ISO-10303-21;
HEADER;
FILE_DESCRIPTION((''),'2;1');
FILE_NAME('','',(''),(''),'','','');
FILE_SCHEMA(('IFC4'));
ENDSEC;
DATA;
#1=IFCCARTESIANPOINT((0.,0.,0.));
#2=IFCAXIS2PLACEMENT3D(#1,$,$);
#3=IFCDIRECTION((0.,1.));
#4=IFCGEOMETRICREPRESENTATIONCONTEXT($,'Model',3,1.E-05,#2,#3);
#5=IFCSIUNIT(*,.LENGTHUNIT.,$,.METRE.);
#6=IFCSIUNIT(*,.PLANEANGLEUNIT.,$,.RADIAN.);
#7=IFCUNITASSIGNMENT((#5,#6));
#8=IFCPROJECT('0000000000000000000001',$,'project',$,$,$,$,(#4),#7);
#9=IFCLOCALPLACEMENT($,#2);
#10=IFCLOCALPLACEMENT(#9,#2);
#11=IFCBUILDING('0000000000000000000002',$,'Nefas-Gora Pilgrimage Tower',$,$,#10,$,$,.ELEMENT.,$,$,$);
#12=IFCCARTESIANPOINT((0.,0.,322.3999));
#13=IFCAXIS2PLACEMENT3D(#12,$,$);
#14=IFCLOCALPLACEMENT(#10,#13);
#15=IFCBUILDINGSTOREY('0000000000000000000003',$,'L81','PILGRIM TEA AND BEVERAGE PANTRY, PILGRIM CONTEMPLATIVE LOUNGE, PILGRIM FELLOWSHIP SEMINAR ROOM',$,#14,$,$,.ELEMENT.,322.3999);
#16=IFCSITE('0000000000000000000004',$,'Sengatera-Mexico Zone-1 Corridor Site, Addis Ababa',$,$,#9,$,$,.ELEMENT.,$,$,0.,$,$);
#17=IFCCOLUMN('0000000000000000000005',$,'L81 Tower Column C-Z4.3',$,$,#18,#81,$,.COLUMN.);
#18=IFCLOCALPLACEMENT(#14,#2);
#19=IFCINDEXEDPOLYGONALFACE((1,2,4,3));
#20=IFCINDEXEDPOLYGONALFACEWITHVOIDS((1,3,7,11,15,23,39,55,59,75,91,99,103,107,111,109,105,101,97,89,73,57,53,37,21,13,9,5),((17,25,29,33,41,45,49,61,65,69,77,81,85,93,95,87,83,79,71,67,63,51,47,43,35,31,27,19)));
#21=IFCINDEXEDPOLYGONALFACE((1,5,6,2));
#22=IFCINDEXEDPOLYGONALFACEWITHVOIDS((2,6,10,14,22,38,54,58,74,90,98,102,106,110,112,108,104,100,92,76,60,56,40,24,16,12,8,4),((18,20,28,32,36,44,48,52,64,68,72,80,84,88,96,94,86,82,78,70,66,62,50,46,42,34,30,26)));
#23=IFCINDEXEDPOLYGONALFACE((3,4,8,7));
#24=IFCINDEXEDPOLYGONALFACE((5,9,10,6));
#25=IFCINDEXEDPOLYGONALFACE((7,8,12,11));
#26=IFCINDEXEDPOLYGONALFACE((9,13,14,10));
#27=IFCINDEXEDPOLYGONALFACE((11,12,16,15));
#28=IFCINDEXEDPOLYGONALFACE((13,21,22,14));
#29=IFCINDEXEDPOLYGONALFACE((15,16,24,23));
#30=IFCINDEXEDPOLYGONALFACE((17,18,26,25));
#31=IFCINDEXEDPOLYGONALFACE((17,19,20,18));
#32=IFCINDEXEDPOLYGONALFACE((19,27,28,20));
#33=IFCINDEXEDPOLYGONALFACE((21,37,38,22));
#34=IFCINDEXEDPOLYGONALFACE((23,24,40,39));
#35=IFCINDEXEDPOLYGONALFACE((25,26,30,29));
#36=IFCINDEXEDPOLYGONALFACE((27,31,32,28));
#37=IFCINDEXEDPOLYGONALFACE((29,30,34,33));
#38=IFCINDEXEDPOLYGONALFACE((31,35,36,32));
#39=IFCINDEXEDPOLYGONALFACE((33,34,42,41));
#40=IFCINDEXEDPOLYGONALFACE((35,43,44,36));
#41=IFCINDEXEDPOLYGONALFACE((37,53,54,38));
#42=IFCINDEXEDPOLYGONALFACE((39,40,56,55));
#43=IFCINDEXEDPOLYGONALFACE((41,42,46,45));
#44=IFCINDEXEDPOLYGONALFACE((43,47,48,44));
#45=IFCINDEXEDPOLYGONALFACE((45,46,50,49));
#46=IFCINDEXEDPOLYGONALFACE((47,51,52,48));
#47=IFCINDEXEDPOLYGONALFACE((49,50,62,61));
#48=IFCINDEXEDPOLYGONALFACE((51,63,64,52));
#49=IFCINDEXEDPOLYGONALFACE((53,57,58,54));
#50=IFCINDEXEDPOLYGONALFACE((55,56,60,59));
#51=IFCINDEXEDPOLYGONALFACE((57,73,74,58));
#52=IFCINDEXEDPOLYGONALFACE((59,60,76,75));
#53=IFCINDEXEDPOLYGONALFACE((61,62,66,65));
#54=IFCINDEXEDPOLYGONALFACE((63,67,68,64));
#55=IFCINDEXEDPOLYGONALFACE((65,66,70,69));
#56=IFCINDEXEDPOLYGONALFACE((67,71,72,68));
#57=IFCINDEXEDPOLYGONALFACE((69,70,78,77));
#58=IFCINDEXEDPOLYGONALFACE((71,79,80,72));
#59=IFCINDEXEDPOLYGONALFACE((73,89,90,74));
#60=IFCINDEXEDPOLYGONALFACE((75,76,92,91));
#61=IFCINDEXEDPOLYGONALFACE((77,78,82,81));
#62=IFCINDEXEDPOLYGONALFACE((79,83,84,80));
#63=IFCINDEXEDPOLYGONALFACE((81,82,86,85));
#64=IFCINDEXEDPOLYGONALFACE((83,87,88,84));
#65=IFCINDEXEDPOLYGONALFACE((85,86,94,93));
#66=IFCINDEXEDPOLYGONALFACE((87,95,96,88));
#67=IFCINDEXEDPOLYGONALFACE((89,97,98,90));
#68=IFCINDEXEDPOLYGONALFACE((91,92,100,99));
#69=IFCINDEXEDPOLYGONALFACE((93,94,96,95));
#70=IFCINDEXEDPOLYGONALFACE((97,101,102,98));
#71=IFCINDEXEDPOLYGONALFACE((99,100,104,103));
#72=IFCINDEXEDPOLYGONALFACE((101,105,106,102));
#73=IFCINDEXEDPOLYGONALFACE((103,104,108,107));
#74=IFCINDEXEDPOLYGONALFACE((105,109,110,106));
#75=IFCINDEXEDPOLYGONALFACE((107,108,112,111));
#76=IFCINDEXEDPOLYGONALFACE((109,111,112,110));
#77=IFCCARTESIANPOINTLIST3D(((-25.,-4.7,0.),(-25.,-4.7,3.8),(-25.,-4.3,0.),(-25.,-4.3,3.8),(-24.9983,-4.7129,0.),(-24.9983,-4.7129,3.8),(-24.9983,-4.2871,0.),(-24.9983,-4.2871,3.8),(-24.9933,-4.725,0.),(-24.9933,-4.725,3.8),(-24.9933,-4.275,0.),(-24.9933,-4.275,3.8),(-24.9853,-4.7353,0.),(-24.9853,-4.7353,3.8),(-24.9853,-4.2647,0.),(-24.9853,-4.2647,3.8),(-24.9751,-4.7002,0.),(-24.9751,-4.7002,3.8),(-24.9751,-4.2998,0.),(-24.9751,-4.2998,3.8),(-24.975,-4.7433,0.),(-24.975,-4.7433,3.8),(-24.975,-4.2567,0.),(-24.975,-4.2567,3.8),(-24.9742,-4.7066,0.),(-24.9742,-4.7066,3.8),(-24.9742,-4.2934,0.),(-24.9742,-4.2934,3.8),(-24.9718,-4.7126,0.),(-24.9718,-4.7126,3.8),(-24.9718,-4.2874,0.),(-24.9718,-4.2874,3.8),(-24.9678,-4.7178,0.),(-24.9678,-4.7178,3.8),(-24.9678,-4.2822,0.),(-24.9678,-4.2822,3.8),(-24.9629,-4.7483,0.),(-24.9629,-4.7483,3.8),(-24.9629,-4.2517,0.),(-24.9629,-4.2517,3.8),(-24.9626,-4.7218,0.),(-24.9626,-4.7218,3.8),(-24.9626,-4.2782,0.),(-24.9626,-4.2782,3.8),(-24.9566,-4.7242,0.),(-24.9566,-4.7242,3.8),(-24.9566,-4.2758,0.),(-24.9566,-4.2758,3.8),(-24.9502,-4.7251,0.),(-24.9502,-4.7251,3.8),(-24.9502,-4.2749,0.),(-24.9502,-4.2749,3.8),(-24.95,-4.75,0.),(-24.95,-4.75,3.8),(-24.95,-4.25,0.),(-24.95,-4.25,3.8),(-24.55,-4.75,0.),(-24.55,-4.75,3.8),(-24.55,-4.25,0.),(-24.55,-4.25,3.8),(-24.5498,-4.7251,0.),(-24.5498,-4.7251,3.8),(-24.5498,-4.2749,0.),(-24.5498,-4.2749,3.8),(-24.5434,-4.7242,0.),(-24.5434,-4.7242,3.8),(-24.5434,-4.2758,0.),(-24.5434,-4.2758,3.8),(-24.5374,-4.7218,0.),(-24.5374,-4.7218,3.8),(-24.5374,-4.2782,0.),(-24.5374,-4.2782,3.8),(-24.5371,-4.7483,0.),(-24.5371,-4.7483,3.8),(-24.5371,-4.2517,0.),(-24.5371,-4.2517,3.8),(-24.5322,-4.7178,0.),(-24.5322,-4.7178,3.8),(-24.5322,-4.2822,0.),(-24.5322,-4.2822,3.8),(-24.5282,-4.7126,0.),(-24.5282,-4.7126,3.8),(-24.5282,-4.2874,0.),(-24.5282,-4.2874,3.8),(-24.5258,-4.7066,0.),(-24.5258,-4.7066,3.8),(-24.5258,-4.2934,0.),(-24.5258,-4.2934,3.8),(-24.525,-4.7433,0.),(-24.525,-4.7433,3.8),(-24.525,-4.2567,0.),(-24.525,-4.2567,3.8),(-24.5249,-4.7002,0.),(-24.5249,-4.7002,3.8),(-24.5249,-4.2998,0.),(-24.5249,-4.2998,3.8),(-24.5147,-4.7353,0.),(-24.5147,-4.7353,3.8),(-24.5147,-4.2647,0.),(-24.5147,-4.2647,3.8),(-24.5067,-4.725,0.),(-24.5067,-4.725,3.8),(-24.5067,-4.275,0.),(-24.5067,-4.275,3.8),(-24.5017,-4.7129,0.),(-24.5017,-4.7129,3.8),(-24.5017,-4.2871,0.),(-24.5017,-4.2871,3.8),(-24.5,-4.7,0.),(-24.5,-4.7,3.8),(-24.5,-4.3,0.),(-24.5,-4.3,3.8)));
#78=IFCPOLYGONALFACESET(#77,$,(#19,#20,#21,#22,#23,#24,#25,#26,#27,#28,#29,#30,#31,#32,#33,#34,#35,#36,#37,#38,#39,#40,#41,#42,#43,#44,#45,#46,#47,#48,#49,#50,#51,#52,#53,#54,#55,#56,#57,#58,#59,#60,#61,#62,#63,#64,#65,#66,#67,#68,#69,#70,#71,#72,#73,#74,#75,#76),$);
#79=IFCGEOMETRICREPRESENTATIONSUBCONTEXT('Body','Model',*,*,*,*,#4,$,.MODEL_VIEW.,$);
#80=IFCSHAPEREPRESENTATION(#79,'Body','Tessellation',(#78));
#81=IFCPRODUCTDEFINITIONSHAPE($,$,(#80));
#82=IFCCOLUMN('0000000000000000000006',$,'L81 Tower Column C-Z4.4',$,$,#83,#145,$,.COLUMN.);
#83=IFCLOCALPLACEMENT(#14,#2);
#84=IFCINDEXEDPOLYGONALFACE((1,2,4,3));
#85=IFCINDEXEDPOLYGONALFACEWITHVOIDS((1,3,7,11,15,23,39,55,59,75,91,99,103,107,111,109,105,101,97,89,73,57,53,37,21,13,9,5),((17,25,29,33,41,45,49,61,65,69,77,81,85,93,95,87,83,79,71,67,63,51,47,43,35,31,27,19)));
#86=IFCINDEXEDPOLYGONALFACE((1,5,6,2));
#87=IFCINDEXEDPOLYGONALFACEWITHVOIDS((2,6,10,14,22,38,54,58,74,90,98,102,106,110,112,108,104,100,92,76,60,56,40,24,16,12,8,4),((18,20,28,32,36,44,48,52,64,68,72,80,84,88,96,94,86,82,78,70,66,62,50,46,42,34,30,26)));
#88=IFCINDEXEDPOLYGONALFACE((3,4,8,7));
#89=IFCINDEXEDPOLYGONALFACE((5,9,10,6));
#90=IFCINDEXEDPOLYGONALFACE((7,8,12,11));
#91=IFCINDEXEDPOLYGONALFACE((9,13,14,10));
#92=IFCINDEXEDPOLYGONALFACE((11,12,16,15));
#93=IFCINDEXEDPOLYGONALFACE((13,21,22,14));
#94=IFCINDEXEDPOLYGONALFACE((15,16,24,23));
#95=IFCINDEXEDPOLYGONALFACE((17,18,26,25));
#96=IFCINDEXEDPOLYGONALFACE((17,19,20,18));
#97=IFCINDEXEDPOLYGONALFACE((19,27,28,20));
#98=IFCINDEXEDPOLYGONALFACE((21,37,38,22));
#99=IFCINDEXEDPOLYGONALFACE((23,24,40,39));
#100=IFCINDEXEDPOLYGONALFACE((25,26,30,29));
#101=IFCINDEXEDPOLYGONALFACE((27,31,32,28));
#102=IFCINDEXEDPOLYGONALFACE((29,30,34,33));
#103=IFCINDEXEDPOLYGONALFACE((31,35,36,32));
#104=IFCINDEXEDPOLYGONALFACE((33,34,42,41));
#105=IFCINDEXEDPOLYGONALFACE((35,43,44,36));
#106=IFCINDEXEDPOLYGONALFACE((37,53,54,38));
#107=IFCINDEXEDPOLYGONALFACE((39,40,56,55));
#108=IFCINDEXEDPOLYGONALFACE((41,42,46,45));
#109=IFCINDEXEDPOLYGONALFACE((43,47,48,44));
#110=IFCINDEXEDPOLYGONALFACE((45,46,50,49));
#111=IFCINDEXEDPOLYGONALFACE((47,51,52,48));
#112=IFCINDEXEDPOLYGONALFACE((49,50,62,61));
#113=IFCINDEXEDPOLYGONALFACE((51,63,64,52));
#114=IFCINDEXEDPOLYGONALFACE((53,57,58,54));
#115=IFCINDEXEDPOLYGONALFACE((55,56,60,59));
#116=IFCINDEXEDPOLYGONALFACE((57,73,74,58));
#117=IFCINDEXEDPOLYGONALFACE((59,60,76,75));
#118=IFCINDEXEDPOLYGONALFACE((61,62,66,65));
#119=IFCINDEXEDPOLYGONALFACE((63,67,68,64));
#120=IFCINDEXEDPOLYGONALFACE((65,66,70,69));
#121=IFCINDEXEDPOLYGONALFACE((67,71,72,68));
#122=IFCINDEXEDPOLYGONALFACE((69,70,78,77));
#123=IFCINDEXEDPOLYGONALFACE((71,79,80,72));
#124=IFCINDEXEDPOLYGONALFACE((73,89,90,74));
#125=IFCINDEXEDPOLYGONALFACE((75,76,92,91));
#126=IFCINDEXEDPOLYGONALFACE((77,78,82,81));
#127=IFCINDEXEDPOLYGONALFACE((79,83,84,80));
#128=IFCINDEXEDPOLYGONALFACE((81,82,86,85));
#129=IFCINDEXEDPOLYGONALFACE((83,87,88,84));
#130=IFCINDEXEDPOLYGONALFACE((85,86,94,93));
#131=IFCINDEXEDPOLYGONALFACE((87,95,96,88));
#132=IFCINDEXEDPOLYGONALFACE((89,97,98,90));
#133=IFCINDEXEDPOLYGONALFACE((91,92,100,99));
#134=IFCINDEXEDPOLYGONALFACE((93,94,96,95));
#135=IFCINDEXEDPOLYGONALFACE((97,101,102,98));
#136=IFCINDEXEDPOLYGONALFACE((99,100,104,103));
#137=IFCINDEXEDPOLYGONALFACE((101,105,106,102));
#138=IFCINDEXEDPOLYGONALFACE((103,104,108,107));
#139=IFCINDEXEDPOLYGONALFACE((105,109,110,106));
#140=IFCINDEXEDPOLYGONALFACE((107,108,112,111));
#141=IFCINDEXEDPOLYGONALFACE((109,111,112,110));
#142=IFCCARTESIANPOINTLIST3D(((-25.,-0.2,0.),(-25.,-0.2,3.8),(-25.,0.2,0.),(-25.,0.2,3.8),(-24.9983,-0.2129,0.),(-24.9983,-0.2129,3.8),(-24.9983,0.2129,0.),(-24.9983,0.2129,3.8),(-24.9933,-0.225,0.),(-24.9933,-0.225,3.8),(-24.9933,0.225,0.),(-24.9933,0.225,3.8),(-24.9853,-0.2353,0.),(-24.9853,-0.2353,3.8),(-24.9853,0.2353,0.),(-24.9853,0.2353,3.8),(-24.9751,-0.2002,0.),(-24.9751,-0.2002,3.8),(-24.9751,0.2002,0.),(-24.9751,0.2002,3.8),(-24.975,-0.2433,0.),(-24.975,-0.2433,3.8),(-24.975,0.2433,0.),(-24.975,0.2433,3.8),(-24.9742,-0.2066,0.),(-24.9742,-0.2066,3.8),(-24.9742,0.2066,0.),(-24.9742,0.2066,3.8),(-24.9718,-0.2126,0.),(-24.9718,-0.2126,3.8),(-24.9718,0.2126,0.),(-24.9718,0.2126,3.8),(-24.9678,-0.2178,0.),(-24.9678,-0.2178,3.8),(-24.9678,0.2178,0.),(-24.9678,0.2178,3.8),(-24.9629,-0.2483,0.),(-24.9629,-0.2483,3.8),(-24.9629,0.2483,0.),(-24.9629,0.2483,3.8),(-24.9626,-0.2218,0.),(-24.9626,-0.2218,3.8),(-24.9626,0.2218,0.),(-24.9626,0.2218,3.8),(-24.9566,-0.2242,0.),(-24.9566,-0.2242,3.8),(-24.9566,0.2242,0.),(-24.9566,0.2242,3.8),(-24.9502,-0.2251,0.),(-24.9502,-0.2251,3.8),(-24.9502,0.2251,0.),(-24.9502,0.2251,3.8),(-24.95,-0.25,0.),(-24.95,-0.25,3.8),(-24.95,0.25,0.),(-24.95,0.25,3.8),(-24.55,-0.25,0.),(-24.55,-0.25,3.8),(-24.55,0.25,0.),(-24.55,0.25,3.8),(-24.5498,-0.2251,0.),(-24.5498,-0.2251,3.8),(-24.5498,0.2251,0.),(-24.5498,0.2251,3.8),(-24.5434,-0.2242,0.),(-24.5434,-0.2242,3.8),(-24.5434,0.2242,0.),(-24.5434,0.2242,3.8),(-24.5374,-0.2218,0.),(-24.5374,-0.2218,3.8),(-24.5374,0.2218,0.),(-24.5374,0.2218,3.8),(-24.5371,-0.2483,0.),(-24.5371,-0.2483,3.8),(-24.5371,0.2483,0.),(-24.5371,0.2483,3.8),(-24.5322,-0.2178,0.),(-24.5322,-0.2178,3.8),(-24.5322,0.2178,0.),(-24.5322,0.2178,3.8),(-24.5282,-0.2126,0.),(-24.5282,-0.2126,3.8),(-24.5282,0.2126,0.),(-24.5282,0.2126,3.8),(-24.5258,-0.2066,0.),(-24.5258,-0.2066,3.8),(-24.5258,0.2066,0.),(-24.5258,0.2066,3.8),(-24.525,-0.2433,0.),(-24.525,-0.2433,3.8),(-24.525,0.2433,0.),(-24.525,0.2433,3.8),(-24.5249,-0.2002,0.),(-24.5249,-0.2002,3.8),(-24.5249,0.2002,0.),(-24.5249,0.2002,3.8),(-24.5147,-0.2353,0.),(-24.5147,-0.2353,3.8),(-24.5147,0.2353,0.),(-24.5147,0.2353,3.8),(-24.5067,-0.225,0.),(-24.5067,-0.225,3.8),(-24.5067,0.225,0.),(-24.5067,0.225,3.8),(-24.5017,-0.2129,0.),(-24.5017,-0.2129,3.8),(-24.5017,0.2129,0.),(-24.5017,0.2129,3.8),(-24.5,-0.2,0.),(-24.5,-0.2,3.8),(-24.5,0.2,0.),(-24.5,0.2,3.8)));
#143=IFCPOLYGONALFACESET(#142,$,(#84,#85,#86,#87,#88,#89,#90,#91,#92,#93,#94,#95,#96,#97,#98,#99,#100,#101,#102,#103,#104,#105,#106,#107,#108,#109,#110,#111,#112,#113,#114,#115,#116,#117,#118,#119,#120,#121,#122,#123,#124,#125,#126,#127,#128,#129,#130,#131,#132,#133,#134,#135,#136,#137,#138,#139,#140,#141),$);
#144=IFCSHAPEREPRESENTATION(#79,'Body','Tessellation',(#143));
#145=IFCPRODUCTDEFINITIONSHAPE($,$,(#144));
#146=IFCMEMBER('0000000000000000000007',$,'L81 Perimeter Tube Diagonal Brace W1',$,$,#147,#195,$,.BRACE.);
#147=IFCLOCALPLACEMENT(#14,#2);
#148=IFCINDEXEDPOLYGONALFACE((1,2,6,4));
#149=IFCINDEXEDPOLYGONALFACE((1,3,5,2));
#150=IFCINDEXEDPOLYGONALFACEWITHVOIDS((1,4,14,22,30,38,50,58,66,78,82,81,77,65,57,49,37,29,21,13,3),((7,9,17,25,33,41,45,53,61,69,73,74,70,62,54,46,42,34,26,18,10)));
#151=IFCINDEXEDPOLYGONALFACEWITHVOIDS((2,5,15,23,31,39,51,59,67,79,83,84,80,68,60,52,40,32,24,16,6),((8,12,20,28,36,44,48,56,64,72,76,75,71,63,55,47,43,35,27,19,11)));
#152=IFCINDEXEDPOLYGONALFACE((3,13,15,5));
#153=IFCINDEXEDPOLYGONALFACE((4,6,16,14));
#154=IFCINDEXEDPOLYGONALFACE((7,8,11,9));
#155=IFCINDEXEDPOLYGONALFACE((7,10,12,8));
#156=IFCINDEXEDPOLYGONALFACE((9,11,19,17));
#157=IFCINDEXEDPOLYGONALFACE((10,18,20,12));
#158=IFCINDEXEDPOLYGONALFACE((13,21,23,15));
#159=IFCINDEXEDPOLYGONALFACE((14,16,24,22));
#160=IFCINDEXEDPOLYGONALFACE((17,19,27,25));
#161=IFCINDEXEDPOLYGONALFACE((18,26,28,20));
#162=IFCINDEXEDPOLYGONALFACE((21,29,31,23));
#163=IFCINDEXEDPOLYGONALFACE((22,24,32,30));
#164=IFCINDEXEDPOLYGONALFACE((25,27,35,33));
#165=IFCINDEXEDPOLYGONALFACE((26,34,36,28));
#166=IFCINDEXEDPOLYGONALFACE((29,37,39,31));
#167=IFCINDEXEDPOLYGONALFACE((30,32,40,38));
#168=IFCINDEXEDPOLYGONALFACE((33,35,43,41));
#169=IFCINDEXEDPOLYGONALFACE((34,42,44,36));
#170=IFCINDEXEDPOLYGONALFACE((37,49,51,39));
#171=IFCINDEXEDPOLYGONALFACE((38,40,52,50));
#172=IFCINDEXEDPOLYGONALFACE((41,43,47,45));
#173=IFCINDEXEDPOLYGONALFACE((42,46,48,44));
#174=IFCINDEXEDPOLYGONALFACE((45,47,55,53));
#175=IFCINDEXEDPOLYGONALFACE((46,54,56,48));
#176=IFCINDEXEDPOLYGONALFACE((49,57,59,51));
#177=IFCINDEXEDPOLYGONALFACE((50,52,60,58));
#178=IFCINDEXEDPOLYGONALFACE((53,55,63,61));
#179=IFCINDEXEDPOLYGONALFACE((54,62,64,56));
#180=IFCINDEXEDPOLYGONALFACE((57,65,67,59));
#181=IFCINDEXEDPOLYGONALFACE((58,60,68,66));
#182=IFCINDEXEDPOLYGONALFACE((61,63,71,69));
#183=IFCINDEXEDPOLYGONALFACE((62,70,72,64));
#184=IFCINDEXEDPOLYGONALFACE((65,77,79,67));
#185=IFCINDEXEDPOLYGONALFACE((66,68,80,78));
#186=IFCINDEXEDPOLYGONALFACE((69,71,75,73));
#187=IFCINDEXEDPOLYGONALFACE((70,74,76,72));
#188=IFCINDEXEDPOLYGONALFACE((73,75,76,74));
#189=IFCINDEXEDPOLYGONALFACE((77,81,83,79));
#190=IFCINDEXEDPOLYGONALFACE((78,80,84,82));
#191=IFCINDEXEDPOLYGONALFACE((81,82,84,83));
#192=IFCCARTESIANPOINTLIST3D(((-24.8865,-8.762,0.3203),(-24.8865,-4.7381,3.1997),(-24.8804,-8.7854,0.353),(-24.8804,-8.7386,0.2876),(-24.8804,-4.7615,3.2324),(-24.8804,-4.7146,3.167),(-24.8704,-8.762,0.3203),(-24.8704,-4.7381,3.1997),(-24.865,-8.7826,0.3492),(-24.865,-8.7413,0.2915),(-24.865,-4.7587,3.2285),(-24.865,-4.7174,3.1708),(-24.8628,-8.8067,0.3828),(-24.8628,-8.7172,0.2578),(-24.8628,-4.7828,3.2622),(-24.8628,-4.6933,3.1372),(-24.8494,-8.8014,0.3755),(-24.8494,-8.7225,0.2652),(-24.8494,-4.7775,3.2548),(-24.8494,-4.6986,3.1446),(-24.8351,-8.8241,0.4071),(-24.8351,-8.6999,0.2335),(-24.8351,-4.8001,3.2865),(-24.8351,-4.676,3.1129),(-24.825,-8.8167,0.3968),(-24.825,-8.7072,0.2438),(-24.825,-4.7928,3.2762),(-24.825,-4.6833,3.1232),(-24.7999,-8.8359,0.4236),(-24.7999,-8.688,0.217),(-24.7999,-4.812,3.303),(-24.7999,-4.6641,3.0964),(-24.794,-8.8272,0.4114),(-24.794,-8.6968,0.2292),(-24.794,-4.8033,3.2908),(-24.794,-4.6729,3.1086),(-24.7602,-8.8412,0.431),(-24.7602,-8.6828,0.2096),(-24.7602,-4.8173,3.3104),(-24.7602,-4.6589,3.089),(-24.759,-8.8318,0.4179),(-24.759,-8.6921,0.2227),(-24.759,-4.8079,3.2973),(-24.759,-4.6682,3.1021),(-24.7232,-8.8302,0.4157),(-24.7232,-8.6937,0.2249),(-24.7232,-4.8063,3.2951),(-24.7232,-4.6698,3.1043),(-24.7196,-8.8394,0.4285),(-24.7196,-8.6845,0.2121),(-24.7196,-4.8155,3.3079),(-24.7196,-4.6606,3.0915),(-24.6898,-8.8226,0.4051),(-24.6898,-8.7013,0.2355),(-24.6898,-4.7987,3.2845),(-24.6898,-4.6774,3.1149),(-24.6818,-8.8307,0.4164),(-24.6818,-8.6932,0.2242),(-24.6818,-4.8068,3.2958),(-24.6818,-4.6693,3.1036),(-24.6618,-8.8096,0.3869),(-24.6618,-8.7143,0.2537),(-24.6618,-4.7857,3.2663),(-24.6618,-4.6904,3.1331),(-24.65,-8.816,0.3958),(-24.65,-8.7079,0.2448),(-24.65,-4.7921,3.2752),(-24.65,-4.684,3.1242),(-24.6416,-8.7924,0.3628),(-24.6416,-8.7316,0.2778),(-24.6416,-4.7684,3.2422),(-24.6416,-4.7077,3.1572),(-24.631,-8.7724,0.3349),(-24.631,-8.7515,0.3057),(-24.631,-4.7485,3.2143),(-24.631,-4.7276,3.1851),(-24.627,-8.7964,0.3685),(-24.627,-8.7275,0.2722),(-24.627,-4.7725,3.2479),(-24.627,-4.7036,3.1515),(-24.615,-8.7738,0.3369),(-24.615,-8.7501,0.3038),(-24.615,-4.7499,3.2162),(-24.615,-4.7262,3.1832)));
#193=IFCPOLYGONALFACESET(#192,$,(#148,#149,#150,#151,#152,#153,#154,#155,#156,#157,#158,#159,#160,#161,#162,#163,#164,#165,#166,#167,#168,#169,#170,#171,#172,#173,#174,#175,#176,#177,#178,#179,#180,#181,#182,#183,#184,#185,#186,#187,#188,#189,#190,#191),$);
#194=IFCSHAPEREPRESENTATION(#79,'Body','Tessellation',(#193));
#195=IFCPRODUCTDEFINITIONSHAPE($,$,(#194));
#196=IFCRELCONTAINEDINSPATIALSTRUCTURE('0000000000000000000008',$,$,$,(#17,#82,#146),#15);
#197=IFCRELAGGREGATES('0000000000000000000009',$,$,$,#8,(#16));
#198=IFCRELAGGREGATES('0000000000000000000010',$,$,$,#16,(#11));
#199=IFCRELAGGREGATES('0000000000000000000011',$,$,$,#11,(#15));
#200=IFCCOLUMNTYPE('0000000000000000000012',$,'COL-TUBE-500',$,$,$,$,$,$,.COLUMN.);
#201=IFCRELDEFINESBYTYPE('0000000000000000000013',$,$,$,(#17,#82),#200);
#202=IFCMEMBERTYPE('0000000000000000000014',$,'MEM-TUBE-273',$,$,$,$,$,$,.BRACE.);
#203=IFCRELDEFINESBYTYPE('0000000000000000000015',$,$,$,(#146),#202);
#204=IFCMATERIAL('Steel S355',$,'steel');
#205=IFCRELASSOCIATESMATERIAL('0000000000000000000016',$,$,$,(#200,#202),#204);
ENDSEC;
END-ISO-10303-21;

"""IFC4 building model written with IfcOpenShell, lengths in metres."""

from ifc_helpers import new_model, si_unit, direction, frame, origin, origin_2d, place, context, subcontext, project, spatial, hollow_rectangle, hollow_circle, extrude, source, transform, mapped, material, material_profile, profile_set, type_object, element, save


model = new_model("IFC4")

# Units and contexts
model_context = context("Model", 3, precision=1e-05, world=origin(), true_north=direction((0.0, 1.0)))
body_context = subcontext(model_context, "Body", "Model", "MODEL_VIEW")
ifc_project = project(units=[si_unit("LENGTHUNIT", "METRE"), si_unit("PLANEANGLEUNIT", "RADIAN")], contexts=[model_context])

# Site, building, storey
site_placement = place(None, origin())
site = spatial("IfcSite", under=ifc_project, at=site_placement, Name="Sengatera-Mexico Zone-1 Corridor Site, Addis Ababa", CompositionType="ELEMENT", RefElevation=0.0)
building_placement = place(site_placement, origin())
building = spatial("IfcBuilding", under=site, at=building_placement, Name="Nefas-Gora Pilgrimage Tower", CompositionType="ELEMENT")
storey_placement = place(building_placement, frame((0.0, 0.0, 322.3999)))
storey = spatial("IfcBuildingStorey", under=building, at=storey_placement, Name="L81", Description="PILGRIM TEA AND BEVERAGE PANTRY, PILGRIM CONTEMPLATIVE LOUNGE, PILGRIM FELLOWSHIP SEMINAR ROOM", CompositionType="ELEMENT", Elevation=322.3999)

# Columns
ifc_material_1 = material(Name="Steel S355", Category="steel")
ifc_material_profile_1 = material_profile(ifc_material_1, hollow_rectangle(XDim=0.5, YDim=0.5, WallThickness=0.0249, InnerFilletRadius=0.0249, OuterFilletRadius=0.05, at=origin_2d()), Name="SHS 500x500x25")
ifc_profile_set_1 = profile_set([ifc_material_profile_1], Name="Steel S355")
column_type_1 = type_object("IfcColumnType", Name="COL-TUBE-500", PredefinedType="COLUMN", material=ifc_profile_set_1)
shared_shape_1 = source(origin(), body_context, "Body", "SweptSolid", [
    extrude(hollow_rectangle(XDim=0.5, YDim=0.5, WallThickness=0.0249, InnerFilletRadius=0.0249, OuterFilletRadius=0.05, at=origin_2d()), origin(), (0.0, 0.0, 1.0), 3.8),
])
for number, where, z_axis, x_axis, name in (
    (1, (-24.75, -4.5, 0.0), (0.0, 0.0, 1.0), (1.0, 0.0, 0.0), "L81 Tower Column C-Z4.3"),
    (2, (-24.75, 0.0, 0.0), (0.0, 0.0, 1.0), (1.0, 0.0, 0.0), "L81 Tower Column C-Z4.4"),
):
    element("IfcColumn", number, at=place(storey_placement, frame(where, z_axis=z_axis, x_axis=x_axis)), inside=storey, type_object=column_type_1, Name=name, PredefinedType="COLUMN", context=body_context, shape_type="MappedRepresentation", body=[
        mapped(shared_shape_1, transform((0.0, 0.0, 0.0), x_axis=(1.0, 0.0, 0.0), y_axis=(0.0, 1.0, 0.0), z_axis=(0.0, 0.0, 1.0), scale=1.0)),
    ])

# Member
ifc_material_profile_2 = material_profile(ifc_material_1, hollow_circle(Radius=0.1365, WallThickness=0.0161, at=origin_2d()), Name="CHS 273x16")
ifc_profile_set_2 = profile_set([ifc_material_profile_2], Name="Steel S355")
member_type_1 = type_object("IfcMemberType", Name="MEM-TUBE-273", PredefinedType="BRACE", material=ifc_profile_set_2)
shared_shape_2 = source(origin(), body_context, "Body", "SweptSolid", [
    extrude(hollow_circle(Radius=0.1365, WallThickness=0.0161, at=origin_2d()), origin(), (0.0, 0.0, 1.0), 4.948),
])
member_1_placement = place(storey_placement, frame((-24.75, -8.762, 0.3203), z_axis=(0.0, 0.81324, 0.581929), x_axis=(-1.0, 0.0, 0.0)))
element("IfcMember", 3, at=member_1_placement, inside=storey, type_object=member_type_1, Name="L81 Perimeter Tube Diagonal Brace W1", PredefinedType="BRACE", context=body_context, shape_type="MappedRepresentation", body=[
    mapped(shared_shape_2, transform((0.0, 0.0, 0.0), x_axis=(1.0, 0.0, 0.0), y_axis=(0.0, 1.0, 0.0), z_axis=(0.0, 0.0, 1.0), scale=1.0)),
])

save(model, "model.ifc")
